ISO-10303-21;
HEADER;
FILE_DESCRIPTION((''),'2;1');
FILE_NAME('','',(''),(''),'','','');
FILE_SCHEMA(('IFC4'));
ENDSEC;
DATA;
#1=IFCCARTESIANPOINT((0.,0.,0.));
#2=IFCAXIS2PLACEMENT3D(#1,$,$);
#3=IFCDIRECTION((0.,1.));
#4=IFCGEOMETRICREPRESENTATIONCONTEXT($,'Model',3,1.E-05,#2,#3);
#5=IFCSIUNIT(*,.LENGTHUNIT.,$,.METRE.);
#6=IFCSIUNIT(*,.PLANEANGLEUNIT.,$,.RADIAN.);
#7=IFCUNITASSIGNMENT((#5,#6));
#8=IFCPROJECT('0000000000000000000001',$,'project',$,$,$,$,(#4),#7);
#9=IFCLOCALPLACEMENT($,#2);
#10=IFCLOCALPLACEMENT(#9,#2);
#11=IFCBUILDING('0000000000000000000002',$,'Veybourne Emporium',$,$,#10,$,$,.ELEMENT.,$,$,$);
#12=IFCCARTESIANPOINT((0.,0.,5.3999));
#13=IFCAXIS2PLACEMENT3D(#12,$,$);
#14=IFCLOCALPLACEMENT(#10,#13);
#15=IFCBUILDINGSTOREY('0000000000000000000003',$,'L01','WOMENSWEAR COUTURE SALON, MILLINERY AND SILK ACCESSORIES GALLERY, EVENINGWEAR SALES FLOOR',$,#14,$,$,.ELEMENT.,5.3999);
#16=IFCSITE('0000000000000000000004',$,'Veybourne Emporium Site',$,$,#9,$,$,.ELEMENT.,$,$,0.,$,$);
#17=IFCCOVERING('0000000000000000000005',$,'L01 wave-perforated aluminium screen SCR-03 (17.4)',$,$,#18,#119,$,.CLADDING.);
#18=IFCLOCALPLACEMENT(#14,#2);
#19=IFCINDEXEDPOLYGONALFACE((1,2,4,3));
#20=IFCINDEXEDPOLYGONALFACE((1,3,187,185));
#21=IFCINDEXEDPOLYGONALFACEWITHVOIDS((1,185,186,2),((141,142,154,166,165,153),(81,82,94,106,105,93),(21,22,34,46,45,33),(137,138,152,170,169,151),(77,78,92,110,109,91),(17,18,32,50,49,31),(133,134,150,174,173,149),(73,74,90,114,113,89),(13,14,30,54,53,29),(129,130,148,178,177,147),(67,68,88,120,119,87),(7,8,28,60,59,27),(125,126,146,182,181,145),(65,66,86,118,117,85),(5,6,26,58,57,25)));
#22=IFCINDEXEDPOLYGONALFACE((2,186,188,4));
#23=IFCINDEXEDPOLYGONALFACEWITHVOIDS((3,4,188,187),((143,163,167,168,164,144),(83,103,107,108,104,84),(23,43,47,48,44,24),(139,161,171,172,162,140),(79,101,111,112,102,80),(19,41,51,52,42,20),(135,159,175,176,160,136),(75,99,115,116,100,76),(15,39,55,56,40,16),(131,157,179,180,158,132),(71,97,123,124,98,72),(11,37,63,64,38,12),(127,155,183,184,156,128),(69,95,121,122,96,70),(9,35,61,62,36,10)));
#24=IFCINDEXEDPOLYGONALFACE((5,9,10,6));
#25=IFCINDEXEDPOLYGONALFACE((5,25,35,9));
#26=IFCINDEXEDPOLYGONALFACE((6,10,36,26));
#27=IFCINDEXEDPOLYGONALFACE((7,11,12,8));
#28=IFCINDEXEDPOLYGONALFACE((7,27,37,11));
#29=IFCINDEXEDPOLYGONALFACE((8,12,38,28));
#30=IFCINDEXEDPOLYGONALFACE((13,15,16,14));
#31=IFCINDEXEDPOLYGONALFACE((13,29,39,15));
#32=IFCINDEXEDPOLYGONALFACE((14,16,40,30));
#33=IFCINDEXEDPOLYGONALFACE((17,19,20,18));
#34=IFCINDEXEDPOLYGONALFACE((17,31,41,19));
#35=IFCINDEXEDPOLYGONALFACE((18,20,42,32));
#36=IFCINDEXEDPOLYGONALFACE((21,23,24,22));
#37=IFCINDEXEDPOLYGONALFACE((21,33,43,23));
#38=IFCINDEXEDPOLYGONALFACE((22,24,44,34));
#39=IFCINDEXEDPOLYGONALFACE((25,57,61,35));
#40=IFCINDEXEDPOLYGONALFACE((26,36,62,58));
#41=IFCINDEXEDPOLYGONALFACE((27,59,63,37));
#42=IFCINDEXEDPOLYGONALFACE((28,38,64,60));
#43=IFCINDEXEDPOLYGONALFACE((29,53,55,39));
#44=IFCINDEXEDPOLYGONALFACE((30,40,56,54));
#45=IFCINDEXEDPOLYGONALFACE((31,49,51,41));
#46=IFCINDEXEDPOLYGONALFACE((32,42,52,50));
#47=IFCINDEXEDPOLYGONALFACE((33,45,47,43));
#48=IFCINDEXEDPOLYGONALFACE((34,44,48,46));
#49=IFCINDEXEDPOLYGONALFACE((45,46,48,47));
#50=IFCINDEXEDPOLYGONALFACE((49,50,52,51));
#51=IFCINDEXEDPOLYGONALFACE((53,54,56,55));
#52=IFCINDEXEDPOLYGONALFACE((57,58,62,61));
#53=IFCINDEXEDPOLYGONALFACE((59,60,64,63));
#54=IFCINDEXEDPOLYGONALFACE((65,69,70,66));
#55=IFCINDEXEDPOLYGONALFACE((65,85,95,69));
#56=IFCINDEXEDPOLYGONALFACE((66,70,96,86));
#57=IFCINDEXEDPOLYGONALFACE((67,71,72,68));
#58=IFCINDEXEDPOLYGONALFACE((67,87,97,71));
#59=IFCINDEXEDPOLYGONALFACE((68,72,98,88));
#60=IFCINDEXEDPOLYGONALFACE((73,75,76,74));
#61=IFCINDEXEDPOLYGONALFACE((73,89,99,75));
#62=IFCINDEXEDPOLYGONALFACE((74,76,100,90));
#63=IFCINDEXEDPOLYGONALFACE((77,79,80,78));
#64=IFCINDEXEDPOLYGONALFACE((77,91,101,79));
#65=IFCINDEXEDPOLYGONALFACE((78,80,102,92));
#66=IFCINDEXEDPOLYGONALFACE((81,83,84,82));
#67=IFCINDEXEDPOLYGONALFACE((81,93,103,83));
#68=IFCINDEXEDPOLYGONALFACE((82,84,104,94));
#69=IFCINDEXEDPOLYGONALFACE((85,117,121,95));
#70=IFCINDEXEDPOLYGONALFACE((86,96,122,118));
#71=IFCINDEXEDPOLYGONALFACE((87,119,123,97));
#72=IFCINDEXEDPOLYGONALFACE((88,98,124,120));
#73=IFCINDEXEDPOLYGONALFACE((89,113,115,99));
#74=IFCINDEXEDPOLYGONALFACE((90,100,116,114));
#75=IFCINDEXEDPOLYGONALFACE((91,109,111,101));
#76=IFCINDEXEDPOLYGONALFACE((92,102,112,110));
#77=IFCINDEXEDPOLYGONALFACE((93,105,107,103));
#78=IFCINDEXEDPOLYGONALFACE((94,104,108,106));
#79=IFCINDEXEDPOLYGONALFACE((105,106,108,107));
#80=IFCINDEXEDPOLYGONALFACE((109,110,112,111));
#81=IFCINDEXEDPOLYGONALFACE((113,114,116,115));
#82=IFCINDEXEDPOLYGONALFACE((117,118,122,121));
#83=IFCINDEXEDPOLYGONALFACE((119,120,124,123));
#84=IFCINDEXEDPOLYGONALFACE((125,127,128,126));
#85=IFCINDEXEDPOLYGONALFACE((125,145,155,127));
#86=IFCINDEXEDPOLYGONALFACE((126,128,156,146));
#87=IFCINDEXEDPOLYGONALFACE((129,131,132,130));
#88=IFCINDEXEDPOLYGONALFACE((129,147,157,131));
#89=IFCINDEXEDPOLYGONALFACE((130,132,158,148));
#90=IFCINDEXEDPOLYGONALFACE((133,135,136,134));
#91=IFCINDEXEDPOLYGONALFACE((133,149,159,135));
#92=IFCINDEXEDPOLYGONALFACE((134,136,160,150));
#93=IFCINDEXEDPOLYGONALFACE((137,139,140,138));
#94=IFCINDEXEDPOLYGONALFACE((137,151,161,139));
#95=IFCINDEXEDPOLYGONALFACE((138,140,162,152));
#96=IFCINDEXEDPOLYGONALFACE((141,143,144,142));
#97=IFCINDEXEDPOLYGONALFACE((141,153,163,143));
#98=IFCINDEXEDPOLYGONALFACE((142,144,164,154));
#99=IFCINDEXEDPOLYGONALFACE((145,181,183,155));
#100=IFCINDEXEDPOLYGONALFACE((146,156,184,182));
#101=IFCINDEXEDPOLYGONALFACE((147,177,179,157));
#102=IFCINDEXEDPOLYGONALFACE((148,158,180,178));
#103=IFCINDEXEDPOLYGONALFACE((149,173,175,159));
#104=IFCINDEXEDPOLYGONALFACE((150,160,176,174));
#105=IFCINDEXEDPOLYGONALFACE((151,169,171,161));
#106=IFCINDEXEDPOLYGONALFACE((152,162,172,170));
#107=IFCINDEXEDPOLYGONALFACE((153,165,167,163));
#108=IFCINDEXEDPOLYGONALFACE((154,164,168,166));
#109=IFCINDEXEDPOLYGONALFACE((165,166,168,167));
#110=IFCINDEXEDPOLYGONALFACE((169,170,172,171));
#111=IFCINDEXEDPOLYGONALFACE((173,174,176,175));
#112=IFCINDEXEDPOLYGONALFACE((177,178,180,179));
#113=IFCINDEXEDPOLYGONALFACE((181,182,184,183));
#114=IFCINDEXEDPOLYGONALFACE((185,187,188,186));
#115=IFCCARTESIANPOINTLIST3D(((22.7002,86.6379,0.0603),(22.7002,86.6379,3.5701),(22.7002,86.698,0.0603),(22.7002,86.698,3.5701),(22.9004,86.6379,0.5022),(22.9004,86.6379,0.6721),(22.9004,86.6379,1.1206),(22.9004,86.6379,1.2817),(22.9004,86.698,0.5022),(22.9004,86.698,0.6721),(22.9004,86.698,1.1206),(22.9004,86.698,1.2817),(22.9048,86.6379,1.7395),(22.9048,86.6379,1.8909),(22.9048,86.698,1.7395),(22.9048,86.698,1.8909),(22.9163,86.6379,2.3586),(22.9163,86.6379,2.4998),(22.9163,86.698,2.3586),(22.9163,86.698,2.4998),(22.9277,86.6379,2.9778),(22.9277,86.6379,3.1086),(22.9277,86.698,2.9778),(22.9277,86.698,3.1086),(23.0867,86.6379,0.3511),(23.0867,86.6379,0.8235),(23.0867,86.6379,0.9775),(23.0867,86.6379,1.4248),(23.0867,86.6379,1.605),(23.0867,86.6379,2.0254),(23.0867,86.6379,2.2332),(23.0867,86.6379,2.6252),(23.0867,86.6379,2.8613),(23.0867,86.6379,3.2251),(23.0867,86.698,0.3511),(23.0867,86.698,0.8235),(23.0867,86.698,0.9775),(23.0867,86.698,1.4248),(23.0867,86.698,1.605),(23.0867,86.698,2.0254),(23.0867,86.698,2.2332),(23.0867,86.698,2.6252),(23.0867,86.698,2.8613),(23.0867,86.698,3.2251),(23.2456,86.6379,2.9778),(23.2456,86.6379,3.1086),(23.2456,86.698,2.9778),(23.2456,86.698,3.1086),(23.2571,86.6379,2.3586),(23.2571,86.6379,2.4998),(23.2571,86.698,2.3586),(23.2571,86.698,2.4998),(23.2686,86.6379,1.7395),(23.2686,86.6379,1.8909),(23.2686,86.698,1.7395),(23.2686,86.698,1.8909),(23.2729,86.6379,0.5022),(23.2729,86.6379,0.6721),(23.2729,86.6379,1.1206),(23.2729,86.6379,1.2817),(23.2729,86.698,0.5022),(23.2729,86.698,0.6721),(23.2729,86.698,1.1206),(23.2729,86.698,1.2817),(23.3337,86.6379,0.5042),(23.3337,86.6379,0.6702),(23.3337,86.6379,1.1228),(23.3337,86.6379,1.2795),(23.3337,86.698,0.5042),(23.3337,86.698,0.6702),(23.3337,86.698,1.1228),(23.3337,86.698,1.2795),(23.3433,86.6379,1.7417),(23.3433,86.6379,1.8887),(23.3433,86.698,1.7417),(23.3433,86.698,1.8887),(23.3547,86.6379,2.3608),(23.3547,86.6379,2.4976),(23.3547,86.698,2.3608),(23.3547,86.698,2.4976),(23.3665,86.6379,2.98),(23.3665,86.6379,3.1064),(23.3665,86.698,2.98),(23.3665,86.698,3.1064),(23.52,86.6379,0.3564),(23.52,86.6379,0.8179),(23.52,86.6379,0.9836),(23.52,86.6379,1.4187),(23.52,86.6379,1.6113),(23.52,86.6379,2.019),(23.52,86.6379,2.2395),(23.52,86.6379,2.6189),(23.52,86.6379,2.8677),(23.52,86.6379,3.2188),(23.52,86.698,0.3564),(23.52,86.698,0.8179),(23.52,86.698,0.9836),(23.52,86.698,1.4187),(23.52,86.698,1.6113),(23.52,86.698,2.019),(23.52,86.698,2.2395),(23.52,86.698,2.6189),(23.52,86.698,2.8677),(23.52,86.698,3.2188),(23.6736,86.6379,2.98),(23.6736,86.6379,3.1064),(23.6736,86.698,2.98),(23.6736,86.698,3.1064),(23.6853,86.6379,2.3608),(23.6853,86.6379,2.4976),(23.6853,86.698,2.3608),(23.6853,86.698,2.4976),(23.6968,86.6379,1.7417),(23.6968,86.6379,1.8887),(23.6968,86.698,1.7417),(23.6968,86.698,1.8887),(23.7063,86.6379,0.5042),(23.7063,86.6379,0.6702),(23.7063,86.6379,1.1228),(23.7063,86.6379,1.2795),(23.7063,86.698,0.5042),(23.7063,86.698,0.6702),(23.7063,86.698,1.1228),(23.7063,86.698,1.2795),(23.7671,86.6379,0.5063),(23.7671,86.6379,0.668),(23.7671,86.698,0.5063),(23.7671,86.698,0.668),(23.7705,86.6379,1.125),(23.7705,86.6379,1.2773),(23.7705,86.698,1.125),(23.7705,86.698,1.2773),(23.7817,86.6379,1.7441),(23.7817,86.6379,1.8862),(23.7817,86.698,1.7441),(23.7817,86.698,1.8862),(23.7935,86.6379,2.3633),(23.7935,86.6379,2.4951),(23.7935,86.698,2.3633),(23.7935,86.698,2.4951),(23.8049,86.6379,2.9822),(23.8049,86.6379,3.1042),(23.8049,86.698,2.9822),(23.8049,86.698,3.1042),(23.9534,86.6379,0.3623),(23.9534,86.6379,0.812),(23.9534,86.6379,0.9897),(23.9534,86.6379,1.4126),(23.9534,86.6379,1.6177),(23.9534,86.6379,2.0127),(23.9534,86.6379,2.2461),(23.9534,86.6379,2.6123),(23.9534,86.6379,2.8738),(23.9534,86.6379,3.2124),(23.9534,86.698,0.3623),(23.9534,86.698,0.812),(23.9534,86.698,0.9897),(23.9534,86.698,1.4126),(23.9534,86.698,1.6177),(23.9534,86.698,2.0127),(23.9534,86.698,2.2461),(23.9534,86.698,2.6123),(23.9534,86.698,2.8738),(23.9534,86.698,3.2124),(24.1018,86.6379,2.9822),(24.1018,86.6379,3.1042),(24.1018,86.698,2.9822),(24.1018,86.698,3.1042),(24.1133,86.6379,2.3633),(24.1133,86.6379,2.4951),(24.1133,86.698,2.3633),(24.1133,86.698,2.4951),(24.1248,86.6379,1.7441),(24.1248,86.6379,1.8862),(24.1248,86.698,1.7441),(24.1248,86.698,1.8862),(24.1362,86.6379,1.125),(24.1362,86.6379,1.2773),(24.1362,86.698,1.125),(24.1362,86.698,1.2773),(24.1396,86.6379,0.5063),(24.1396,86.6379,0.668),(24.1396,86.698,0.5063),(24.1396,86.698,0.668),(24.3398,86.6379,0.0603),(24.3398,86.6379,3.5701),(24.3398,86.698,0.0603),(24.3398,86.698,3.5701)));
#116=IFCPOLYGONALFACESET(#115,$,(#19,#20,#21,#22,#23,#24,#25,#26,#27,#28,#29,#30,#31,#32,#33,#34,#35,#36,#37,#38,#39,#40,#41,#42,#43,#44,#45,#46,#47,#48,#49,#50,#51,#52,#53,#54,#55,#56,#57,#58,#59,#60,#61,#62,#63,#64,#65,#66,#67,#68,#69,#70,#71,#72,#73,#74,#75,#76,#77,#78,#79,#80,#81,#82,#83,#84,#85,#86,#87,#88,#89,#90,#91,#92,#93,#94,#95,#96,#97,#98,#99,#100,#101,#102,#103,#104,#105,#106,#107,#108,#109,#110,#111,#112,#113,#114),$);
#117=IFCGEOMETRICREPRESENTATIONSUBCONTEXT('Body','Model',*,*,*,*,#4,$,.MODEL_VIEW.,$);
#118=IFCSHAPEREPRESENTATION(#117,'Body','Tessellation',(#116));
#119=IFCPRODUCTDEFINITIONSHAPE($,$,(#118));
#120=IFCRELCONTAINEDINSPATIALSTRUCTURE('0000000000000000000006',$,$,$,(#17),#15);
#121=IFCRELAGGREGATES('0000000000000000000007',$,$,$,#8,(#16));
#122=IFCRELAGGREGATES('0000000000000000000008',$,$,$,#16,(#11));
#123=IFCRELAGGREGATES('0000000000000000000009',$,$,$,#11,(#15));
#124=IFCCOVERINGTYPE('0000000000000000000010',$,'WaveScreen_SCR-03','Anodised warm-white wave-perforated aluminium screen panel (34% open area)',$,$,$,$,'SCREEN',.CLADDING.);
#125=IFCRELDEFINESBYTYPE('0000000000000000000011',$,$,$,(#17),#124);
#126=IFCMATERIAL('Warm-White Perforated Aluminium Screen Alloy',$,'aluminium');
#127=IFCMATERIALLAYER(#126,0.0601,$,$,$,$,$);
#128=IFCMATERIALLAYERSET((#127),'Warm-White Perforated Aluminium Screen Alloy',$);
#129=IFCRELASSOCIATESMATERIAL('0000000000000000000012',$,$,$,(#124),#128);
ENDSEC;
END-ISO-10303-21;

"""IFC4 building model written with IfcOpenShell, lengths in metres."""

from ifc_helpers import new_model, si_unit, direction, frame, origin, place, context, subcontext, project, spatial, polyline, outline, extrude, material, layer, layer_set, type_object, element, save


model = new_model("IFC4")

# Units and contexts
model_context = context("Model", 3, precision=1e-05, world=origin(), true_north=direction((0.0, 1.0)))
body_context = subcontext(model_context, "Body", "Model", "MODEL_VIEW")
ifc_project = project(units=[si_unit("LENGTHUNIT", "METRE"), si_unit("PLANEANGLEUNIT", "RADIAN")], contexts=[model_context])

# Site, building, storey
site_placement = place(None, origin())
site = spatial("IfcSite", under=ifc_project, at=site_placement, Name="Veybourne Emporium Site", CompositionType="ELEMENT", RefElevation=0.0)
building_placement = place(site_placement, origin())
building = spatial("IfcBuilding", under=site, at=building_placement, Name="Veybourne Emporium", CompositionType="ELEMENT")
storey_placement = place(building_placement, frame((0.0, 0.0, 5.3999)))
storey = spatial("IfcBuildingStorey", under=building, at=storey_placement, Name="L01", Description="WOMENSWEAR COUTURE SALON, MILLINERY AND SILK ACCESSORIES GALLERY, EVENINGWEAR SALES FLOOR", CompositionType="ELEMENT", Elevation=5.3999)

# Covering
ifc_material_1 = material(Name="Warm-White Perforated Aluminium Screen Alloy", Category="aluminium")
ifc_layer_1 = layer(ifc_material_1, 0.0601)
ifc_layer_set_1 = layer_set([ifc_layer_1], Name="Warm-White Perforated Aluminium Screen Alloy")
covering_type_1 = type_object("IfcCoveringType", Name="WaveScreen_SCR-03", Description="Anodised warm-white wave-perforated aluminium screen panel (34% open area)", ElementType="SCREEN", PredefinedType="CLADDING", material=ifc_layer_set_1)
covering_1_placement = place(storey_placement, frame((23.52, 86.698, 1.8152), z_axis=(0.0, -1.0, 0.0), x_axis=(1.0, 0.0, 0.0)))
element("IfcCovering", 1, at=covering_1_placement, inside=storey, type_object=covering_type_1, Name="L01 wave-perforated aluminium screen SCR-03 (17.4)", PredefinedType="CLADDING", context=body_context, shape_type="SweptSolid", body=[
    extrude(outline(polyline([(-0.8198, -1.7549), (0.8198, -1.7549), (0.8198, 1.7549), (-0.8198, 1.7549), (-0.8198, -1.7549)]), holes=[polyline([(-0.4333, -0.9917), (-0.2471, -1.1431), (-0.2471, -1.313), (-0.4333, -1.4641), (-0.6196, -1.313), (-0.6196, -1.1431), (-0.4333, -0.9917)]), polyline([(-0.4333, -0.3904), (-0.2471, -0.5334), (-0.2471, -0.6946), (-0.4333, -0.8376), (-0.6196, -0.6946), (-0.6196, -0.5334), (-0.4333, -0.3904)]), polyline([(-0.4333, 0.2102), (-0.2515, 0.0757), (-0.2515, -0.0757), (-0.4333, -0.2102), (-0.6152, -0.0757), (-0.6152, 0.0757), (-0.4333, 0.2102)]), polyline([(-0.4333, 0.8101), (-0.2629, 0.6846), (-0.2629, 0.5435), (-0.4333, 0.418), (-0.6038, 0.5435), (-0.6038, 0.6846), (-0.4333, 0.8101)]), polyline([(-0.4333, 1.4099), (-0.2744, 1.2935), (-0.2744, 1.1626), (-0.4333, 1.0461), (-0.5923, 1.1626), (-0.5923, 1.2935), (-0.4333, 1.4099)]), polyline([(0.0, -0.9973), (0.1863, -1.145), (0.1863, -1.311), (0.0, -1.4587), (-0.1863, -1.311), (-0.1863, -1.145), (0.0, -0.9973)]), polyline([(0.0, -0.3965), (0.1863, -0.5356), (0.1863, -0.6924), (0.0, -0.8315), (-0.1863, -0.6924), (-0.1863, -0.5356), (0.0, -0.3965)]), polyline([(0.0, 0.2039), (0.1768, 0.0735), (0.1768, -0.0735), (0.0, -0.2039), (-0.1768, -0.0735), (-0.1768, 0.0735), (0.0, 0.2039)]), polyline([(0.0, 0.8037), (0.1653, 0.6824), (0.1653, 0.5457), (0.0, 0.4243), (-0.1653, 0.5457), (-0.1653, 0.6824), (0.0, 0.8037)]), polyline([(0.0, 1.4036), (0.1536, 1.2913), (0.1536, 1.1648), (0.0, 1.0525), (-0.1536, 1.1648), (-0.1536, 1.2913), (0.0, 1.4036)]), polyline([(0.4333, -1.0032), (0.6196, -1.1472), (0.6196, -1.3088), (0.4333, -1.4529), (0.2471, -1.3088), (0.2471, -1.1472), (0.4333, -1.0032)]), polyline([(0.4333, -0.4026), (0.6162, -0.5378), (0.6162, -0.6902), (0.4333, -0.8254), (0.2505, -0.6902), (0.2505, -0.5378), (0.4333, -0.4026)]), polyline([(0.4333, 0.1975), (0.6047, 0.071), (0.6047, -0.071), (0.4333, -0.1975), (0.2617, -0.071), (0.2617, 0.071), (0.4333, 0.1975)]), polyline([(0.4333, 0.7971), (0.5933, 0.6799), (0.5933, 0.5481), (0.4333, 0.4309), (0.2734, 0.5481), (0.2734, 0.6799), (0.4333, 0.7971)]), polyline([(0.4333, 1.3972), (0.5818, 1.2891), (0.5818, 1.167), (0.4333, 1.0586), (0.2849, 1.167), (0.2849, 1.2891), (0.4333, 1.3972)])]), origin(), (0.0, 0.0, 1.0), 0.0601),
])

save(model, "model.ifc")
